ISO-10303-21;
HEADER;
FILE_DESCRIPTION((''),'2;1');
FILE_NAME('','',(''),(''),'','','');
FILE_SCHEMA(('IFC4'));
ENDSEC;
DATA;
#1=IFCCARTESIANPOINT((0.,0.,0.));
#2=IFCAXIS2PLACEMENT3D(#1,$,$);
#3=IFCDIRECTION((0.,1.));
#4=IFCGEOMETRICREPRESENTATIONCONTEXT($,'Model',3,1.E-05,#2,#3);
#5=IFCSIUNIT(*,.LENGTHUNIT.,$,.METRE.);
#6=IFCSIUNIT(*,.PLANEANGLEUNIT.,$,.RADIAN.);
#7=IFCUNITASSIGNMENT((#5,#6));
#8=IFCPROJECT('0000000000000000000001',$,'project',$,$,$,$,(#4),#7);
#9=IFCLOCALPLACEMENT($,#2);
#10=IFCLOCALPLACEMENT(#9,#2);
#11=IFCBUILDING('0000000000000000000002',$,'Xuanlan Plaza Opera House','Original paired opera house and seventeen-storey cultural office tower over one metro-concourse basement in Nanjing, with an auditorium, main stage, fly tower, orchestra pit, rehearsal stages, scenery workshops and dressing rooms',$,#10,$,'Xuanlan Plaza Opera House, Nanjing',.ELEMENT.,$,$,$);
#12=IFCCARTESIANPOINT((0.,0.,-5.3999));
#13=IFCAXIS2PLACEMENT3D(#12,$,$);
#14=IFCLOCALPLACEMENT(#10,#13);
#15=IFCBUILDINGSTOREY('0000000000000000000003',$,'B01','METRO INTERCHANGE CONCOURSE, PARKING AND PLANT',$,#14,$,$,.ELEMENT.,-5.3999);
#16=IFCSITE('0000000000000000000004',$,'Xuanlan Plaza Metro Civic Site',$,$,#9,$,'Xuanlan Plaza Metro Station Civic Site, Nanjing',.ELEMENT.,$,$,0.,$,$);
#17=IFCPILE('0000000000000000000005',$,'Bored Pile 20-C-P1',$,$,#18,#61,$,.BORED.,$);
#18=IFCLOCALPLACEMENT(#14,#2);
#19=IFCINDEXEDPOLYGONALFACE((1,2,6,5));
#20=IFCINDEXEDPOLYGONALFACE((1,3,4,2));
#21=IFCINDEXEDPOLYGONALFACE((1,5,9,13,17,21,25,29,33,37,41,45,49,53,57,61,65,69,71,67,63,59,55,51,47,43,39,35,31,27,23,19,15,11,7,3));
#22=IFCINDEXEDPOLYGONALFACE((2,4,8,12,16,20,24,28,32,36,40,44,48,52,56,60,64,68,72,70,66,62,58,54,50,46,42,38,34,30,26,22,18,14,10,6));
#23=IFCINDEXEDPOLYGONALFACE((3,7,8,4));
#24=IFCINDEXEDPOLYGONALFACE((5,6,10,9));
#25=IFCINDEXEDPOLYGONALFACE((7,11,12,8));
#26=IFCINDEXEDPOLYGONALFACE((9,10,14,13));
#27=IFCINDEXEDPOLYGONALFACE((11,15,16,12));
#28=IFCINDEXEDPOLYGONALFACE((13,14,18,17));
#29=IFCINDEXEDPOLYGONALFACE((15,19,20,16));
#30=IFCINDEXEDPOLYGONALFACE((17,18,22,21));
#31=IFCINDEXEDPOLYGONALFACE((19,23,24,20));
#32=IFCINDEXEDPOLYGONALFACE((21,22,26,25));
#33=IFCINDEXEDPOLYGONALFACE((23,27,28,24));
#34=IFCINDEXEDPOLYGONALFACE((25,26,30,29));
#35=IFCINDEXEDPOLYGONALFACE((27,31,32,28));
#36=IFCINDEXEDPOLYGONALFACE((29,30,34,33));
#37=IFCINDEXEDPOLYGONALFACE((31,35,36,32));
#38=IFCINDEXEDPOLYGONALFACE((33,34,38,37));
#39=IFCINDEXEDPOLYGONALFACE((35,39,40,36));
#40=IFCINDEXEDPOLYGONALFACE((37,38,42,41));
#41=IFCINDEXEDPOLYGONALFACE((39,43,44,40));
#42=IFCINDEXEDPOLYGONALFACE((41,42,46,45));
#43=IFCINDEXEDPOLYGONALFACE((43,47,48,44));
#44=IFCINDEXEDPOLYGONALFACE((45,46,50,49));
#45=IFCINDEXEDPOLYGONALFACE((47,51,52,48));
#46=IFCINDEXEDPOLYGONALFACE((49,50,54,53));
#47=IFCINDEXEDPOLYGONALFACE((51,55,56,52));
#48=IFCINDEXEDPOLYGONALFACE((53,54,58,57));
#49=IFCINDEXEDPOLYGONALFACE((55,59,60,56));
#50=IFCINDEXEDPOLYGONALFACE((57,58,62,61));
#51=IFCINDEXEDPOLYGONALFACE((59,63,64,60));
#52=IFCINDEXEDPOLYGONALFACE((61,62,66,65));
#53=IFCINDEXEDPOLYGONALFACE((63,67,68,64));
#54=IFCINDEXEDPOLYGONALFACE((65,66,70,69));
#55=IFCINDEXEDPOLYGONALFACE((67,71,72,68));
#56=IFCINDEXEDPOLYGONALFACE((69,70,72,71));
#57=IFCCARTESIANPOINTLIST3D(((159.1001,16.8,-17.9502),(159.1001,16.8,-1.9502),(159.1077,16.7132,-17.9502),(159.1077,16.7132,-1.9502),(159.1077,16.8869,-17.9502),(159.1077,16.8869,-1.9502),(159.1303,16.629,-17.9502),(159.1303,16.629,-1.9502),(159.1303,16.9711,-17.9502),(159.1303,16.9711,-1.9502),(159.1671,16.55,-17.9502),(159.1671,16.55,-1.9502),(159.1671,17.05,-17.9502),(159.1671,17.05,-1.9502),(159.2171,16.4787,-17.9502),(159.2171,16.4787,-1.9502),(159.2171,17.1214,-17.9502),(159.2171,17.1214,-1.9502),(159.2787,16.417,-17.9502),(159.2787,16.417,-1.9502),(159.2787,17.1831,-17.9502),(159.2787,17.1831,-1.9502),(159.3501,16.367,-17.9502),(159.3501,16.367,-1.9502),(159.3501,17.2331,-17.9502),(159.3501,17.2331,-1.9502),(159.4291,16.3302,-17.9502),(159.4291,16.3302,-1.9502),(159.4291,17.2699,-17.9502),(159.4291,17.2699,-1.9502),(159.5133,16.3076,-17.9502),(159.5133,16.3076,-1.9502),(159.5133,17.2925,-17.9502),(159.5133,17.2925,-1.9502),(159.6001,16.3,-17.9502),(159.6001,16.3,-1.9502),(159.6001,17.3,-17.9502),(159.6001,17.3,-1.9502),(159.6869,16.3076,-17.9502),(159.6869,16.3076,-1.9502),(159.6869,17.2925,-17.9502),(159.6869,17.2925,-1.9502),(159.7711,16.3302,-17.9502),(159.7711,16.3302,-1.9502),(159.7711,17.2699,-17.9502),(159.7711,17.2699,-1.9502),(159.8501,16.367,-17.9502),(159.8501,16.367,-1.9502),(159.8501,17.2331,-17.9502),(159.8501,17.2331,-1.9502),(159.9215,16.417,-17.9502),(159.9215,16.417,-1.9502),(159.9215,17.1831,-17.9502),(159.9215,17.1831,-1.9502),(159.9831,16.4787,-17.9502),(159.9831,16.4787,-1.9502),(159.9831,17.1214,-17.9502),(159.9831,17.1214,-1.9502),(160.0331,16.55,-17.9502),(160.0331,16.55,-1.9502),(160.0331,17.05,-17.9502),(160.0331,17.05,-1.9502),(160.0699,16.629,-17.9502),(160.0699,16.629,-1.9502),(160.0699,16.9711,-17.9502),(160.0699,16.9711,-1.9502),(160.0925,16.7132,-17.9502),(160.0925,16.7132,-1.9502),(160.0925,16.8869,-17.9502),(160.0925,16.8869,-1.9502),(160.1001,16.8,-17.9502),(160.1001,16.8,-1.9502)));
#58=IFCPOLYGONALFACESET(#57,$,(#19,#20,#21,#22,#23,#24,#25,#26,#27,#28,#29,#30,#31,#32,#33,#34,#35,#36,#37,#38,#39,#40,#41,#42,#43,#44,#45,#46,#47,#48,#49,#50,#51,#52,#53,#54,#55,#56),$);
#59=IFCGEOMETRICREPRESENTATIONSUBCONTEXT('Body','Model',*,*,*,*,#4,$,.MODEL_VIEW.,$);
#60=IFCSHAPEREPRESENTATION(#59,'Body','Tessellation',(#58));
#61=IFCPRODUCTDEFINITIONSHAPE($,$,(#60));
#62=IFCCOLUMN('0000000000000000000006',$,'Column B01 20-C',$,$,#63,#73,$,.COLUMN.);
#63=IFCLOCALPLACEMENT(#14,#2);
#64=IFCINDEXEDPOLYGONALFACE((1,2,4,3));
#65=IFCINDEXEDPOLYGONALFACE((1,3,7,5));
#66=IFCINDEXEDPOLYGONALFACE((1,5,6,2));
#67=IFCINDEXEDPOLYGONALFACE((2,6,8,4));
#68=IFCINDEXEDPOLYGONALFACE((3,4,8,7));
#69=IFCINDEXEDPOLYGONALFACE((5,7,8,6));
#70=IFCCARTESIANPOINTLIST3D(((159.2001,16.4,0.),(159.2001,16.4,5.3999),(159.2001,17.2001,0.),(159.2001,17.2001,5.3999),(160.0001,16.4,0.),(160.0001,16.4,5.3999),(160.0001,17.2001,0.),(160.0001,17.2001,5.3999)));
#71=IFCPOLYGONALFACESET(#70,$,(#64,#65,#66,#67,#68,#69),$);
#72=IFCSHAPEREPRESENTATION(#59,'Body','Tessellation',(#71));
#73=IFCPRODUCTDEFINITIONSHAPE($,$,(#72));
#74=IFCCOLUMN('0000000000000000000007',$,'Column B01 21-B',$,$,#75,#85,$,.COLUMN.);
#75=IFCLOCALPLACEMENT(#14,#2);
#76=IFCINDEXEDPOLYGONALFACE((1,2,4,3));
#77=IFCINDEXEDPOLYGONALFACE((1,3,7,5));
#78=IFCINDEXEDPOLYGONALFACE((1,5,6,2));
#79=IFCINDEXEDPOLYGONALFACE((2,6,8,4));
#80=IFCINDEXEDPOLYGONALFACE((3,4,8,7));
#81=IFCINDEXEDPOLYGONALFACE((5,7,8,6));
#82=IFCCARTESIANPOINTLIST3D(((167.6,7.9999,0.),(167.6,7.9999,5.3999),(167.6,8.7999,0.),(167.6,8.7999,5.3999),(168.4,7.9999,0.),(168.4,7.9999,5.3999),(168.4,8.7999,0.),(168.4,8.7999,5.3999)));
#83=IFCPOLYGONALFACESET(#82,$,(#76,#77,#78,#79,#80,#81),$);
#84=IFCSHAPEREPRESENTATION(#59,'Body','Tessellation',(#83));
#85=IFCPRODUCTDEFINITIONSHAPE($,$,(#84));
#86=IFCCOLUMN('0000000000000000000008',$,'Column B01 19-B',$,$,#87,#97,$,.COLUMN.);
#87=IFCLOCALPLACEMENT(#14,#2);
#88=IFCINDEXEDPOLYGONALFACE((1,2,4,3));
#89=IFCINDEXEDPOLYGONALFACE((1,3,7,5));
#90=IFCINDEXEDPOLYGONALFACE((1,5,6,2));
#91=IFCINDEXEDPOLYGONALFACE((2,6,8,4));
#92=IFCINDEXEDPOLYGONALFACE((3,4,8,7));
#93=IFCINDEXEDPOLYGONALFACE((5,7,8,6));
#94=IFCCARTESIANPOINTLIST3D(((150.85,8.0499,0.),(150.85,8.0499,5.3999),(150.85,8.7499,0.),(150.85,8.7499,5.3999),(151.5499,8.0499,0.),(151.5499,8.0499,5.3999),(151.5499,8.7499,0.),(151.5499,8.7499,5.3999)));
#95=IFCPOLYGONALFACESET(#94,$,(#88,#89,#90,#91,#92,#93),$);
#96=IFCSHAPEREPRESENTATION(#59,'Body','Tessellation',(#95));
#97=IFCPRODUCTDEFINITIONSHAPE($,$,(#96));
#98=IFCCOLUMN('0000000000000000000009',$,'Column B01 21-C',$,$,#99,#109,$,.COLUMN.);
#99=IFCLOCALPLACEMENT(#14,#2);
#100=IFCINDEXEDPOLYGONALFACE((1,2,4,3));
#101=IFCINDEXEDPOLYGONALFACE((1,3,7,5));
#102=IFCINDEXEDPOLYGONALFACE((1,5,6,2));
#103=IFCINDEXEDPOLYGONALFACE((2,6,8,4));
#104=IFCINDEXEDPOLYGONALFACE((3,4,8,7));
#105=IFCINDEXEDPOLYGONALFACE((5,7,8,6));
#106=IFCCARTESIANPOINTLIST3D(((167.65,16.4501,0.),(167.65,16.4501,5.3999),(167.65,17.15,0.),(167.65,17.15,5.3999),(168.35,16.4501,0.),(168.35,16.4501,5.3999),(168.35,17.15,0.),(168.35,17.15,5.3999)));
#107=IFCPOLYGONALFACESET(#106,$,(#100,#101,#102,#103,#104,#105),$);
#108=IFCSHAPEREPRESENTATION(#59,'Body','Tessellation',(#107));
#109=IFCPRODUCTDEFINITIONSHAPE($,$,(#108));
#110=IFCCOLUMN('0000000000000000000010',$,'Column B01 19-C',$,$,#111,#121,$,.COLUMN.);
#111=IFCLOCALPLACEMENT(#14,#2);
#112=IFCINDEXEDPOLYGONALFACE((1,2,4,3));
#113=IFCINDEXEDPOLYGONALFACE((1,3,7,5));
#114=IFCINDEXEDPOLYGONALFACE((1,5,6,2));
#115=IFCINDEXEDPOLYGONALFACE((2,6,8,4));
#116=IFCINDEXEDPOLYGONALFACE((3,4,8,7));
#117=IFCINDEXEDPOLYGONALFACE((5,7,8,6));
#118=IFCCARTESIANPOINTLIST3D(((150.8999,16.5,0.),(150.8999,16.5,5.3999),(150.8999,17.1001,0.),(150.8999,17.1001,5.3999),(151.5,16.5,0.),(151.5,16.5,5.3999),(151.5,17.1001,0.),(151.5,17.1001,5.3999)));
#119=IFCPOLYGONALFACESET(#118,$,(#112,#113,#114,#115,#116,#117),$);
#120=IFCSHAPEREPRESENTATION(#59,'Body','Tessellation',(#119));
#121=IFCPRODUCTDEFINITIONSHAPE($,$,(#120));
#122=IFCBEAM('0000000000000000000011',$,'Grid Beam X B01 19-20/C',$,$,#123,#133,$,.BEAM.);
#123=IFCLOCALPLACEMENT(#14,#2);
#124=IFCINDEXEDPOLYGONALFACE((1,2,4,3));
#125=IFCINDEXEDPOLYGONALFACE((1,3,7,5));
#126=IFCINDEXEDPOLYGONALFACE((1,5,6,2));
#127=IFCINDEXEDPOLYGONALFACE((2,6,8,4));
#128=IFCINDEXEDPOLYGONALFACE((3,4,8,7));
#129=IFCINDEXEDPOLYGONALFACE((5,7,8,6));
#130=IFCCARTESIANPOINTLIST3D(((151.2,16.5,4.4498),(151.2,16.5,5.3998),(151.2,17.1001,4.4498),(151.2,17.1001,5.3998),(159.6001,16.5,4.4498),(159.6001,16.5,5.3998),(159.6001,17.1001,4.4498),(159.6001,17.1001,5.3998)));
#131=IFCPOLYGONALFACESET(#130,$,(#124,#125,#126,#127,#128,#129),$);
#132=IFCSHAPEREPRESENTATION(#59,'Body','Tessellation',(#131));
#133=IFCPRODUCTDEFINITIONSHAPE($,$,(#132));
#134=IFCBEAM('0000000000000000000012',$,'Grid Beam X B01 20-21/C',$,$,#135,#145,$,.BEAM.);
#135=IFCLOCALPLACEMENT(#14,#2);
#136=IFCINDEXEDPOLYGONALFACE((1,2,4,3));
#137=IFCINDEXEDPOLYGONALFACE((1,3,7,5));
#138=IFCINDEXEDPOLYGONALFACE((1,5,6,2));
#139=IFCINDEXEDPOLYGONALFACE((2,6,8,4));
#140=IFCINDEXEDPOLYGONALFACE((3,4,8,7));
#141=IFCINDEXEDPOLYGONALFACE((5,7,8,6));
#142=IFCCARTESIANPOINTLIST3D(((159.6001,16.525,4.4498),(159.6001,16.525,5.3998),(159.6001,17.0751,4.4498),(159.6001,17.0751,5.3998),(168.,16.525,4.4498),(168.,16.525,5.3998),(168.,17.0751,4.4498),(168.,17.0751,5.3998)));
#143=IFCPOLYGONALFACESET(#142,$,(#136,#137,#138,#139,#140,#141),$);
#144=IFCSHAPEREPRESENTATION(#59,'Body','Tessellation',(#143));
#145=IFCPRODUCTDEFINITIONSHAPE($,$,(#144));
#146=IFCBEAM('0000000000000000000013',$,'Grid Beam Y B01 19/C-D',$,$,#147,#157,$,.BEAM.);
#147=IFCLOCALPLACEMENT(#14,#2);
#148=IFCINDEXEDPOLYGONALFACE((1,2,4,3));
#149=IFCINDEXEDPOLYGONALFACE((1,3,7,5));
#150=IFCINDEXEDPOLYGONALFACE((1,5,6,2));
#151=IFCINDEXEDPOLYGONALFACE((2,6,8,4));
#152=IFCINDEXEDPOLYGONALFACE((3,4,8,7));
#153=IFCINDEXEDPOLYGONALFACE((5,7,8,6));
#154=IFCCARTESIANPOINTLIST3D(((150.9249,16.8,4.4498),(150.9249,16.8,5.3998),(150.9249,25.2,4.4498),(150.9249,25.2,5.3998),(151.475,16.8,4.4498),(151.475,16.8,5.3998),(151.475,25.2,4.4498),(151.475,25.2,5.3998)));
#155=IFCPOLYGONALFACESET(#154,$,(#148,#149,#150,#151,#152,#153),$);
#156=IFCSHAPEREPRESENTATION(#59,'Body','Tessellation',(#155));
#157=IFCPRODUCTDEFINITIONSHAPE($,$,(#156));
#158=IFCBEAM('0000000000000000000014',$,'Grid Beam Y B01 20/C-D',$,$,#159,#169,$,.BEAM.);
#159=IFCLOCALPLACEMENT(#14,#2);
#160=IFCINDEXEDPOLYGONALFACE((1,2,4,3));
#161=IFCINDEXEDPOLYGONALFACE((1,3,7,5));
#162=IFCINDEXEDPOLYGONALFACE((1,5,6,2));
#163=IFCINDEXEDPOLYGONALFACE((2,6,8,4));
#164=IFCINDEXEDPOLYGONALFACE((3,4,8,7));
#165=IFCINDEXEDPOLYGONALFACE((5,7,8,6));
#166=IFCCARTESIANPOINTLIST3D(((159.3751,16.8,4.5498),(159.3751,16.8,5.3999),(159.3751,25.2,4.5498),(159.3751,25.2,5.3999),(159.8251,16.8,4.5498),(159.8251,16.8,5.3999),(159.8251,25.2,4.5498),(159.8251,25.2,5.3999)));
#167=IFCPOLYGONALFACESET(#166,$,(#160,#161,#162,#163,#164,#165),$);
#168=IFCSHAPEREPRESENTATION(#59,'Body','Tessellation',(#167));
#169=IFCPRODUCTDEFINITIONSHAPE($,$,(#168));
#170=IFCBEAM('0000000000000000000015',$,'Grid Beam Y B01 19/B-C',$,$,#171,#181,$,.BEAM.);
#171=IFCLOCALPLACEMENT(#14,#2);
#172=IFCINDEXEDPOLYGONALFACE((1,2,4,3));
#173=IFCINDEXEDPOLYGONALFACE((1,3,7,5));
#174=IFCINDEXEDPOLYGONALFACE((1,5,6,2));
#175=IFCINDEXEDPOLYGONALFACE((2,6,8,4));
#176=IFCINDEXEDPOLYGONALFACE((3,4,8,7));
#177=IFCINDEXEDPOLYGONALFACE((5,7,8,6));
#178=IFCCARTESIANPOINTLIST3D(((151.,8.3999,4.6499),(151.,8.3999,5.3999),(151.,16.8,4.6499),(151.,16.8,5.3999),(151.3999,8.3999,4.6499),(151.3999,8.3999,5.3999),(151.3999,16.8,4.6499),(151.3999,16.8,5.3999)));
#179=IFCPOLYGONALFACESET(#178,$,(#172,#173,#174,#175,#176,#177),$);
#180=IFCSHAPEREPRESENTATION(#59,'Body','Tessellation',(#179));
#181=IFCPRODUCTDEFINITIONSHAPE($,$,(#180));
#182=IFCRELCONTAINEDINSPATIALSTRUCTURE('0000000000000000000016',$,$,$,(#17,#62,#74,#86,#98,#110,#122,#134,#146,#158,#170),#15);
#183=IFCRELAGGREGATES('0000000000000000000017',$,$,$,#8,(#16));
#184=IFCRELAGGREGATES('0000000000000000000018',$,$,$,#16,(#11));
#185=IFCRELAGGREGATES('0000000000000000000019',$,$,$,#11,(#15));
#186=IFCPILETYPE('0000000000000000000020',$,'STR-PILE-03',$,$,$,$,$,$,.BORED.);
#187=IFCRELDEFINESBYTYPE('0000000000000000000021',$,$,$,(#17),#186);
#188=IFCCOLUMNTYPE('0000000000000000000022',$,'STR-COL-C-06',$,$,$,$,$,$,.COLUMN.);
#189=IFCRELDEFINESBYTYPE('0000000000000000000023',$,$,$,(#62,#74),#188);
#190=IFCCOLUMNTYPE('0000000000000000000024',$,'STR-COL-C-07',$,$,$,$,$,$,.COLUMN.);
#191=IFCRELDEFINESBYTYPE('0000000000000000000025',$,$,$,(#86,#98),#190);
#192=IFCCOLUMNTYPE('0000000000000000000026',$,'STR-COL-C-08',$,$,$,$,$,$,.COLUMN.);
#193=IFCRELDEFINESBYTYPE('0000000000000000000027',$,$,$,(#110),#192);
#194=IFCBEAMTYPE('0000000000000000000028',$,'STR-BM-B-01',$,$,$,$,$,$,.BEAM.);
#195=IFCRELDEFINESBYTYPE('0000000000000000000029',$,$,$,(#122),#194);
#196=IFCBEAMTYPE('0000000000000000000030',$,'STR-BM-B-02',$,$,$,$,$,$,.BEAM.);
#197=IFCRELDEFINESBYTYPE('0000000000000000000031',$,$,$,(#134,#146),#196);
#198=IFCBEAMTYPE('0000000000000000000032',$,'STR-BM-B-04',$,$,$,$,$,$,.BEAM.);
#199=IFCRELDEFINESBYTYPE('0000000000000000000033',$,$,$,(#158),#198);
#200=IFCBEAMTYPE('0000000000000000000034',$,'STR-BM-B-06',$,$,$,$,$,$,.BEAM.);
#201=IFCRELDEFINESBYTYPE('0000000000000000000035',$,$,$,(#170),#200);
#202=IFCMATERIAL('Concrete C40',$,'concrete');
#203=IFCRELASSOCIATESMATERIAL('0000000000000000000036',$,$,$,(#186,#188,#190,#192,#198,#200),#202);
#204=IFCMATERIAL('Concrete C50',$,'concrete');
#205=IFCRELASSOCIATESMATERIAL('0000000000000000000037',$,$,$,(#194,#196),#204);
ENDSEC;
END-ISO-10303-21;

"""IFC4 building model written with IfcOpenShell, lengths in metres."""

from ifc_helpers import new_model, si_unit, direction, frame, origin, origin_2d, place, context, subcontext, project, spatial, rectangle, circle, extrude, material, material_profile, profile_set, type_object, element, save


model = new_model("IFC4")

# Units and contexts
model_context = context("Model", 3, precision=1e-05, world=origin(), true_north=direction((0.0, 1.0)))
body_context = subcontext(model_context, "Body", "Model", "MODEL_VIEW")
ifc_project = project(units=[si_unit("LENGTHUNIT", "METRE"), si_unit("PLANEANGLEUNIT", "RADIAN")], contexts=[model_context])

# Site, building, storey
site_placement = place(None, origin())
site = spatial("IfcSite", under=ifc_project, at=site_placement, Name="Xuanlan Plaza Metro Civic Site", LongName="Xuanlan Plaza Metro Station Civic Site, Nanjing", CompositionType="ELEMENT", RefElevation=0.0)
building_placement = place(site_placement, origin())
building = spatial("IfcBuilding", under=site, at=building_placement, Name="Xuanlan Plaza Opera House", Description="Original paired opera house and seventeen-storey cultural office tower over one metro-concourse basement in Nanjing, with an auditorium, main stage, fly tower, orchestra pit, rehearsal stages, scenery workshops and dressing rooms", LongName="Xuanlan Plaza Opera House, Nanjing", CompositionType="ELEMENT")
storey_placement = place(building_placement, frame((0.0, 0.0, -5.3999)))
storey = spatial("IfcBuildingStorey", under=building, at=storey_placement, Name="B01", Description="METRO INTERCHANGE CONCOURSE, PARKING AND PLANT", CompositionType="ELEMENT", Elevation=-5.3999)

# Shared definitions
ifc_material_1 = material(Name="Concrete C40", Category="concrete")
ifc_material_2 = material(Name="Concrete C50", Category="concrete")

# Pile
ifc_material_profile_1 = material_profile(ifc_material_1, circle(Radius=0.5, at=origin_2d()), Name="PILE D1000")
ifc_profile_set_1 = profile_set([ifc_material_profile_1], Name="Concrete C40")
pile_type_1 = type_object("IfcPileType", Name="STR-PILE-03", PredefinedType="BORED", material=ifc_profile_set_1)
for number, where, z_axis, x_axis, name in (
    (1, (159.6001, 16.8, -1.9502), (0.0, 0.0, -1.0), (1.0, 0.0, 0.0), "Bored Pile 20-C-P1"),
):
    element("IfcPile", number, at=place(storey_placement, frame(where, z_axis=z_axis, x_axis=x_axis)), inside=storey, type_object=pile_type_1, Name=name, PredefinedType="BORED", context=body_context, shape_type="SweptSolid", body=[
        extrude(circle(Radius=0.5, at=origin_2d()), origin(), (0.0, 0.0, 1.0), 16.0),
    ])

# Columns
ifc_material_profile_2 = material_profile(ifc_material_1, rectangle(XDim=0.8, YDim=0.8, at=origin_2d()), Name="RC-COL 800x800")
ifc_profile_set_2 = profile_set([ifc_material_profile_2], Name="Concrete C40")
column_type_1 = type_object("IfcColumnType", Name="STR-COL-C-06", PredefinedType="COLUMN", material=ifc_profile_set_2)
for number, where, z_axis, x_axis, name in (
    (2, (159.6001, 16.8, 0.0), (0.0, 0.0, 1.0), (1.0, 0.0, 0.0), "Column B01 20-C"),
    (3, (168.0, 8.3999, 0.0), (0.0, 0.0, 1.0), (1.0, 0.0, 0.0), "Column B01 21-B"),
):
    element("IfcColumn", number, at=place(storey_placement, frame(where, z_axis=z_axis, x_axis=x_axis)), inside=storey, type_object=column_type_1, Name=name, PredefinedType="COLUMN", context=body_context, shape_type="SweptSolid", body=[
        extrude(rectangle(XDim=0.8, YDim=0.8, at=origin_2d()), origin(), (0.0, 0.0, 1.0), 5.3999),
    ])
ifc_material_profile_3 = material_profile(ifc_material_1, rectangle(XDim=0.7, YDim=0.7, at=origin_2d()), Name="RC-COL 700x700")
ifc_profile_set_3 = profile_set([ifc_material_profile_3], Name="Concrete C40")
column_type_2 = type_object("IfcColumnType", Name="STR-COL-C-07", PredefinedType="COLUMN", material=ifc_profile_set_3)
for number, where, z_axis, x_axis, name in (
    (4, (151.2, 8.3999, 0.0), (0.0, 0.0, 1.0), (1.0, 0.0, 0.0), "Column B01 19-B"),
    (5, (168.0, 16.8, 0.0), (0.0, 0.0, 1.0), (1.0, 0.0, 0.0), "Column B01 21-C"),
):
    element("IfcColumn", number, at=place(storey_placement, frame(where, z_axis=z_axis, x_axis=x_axis)), inside=storey, type_object=column_type_2, Name=name, PredefinedType="COLUMN", context=body_context, shape_type="SweptSolid", body=[
        extrude(rectangle(XDim=0.7, YDim=0.7, at=origin_2d()), origin(), (0.0, 0.0, 1.0), 5.3999),
    ])
ifc_material_profile_4 = material_profile(ifc_material_1, rectangle(XDim=0.6001, YDim=0.6001, at=origin_2d()), Name="RC-COL 600x600")
ifc_profile_set_4 = profile_set([ifc_material_profile_4], Name="Concrete C40")
column_type_3 = type_object("IfcColumnType", Name="STR-COL-C-08", PredefinedType="COLUMN", material=ifc_profile_set_4)
column_placement = place(storey_placement, frame((151.2, 16.8, 0.0), z_axis=(0.0, 0.0, 1.0), x_axis=(1.0, 0.0, 0.0)))
element("IfcColumn", 6, at=column_placement, inside=storey, type_object=column_type_3, Name="Column B01 19-C", PredefinedType="COLUMN", context=body_context, shape_type="SweptSolid", body=[
    extrude(rectangle(XDim=0.6001, YDim=0.6001, at=origin_2d()), origin(), (0.0, 0.0, 1.0), 5.3999),
])

# Beams
ifc_material_profile_5 = material_profile(ifc_material_2, rectangle(XDim=0.6001, YDim=0.95, at=origin_2d()), Name="RC-BM 600x950")
ifc_profile_set_5 = profile_set([ifc_material_profile_5], Name="Concrete C50")
beam_type_1 = type_object("IfcBeamType", Name="STR-BM-B-01", PredefinedType="BEAM", material=ifc_profile_set_5)
beam_1_placement = place(storey_placement, frame((151.2, 16.8, 4.9248), z_axis=(1.0, 0.0, 0.0), x_axis=(0.0, 1.0, 0.0)))
element("IfcBeam", 7, at=beam_1_placement, inside=storey, type_object=beam_type_1, Name="Grid Beam X B01 19-20/C", PredefinedType="BEAM", context=body_context, shape_type="SweptSolid", body=[
    extrude(rectangle(XDim=0.6001, YDim=0.95, at=origin_2d()), origin(), (0.0, 0.0, 1.0), 8.4001),
])
ifc_material_profile_6 = material_profile(ifc_material_2, rectangle(XDim=0.55, YDim=0.95, at=origin_2d()), Name="RC-BM 550x950")
ifc_profile_set_6 = profile_set([ifc_material_profile_6], Name="Concrete C50")
beam_type_2 = type_object("IfcBeamType", Name="STR-BM-B-02", PredefinedType="BEAM", material=ifc_profile_set_6)
for number, where, z_axis, x_axis, name in (
    (8, (159.6001, 16.8, 4.9248), (1.0, 0.0, 0.0), (0.0, 1.0, 0.0), "Grid Beam X B01 20-21/C"),
    (9, (151.2, 16.8, 4.9248), (0.0, 1.0, 0.0), (-1.0, 0.0, 0.0), "Grid Beam Y B01 19/C-D"),
):
    element("IfcBeam", number, at=place(storey_placement, frame(where, z_axis=z_axis, x_axis=x_axis)), inside=storey, type_object=beam_type_2, Name=name, PredefinedType="BEAM", context=body_context, shape_type="SweptSolid", body=[
        extrude(rectangle(XDim=0.55, YDim=0.95, at=origin_2d()), origin(), (0.0, 0.0, 1.0), 8.3999),
    ])
ifc_material_profile_7 = material_profile(ifc_material_1, rectangle(XDim=0.45, YDim=0.8501, at=origin_2d()), Name="RC-BM 450x850")
ifc_profile_set_7 = profile_set([ifc_material_profile_7], Name="Concrete C40")
beam_type_3 = type_object("IfcBeamType", Name="STR-BM-B-04", PredefinedType="BEAM", material=ifc_profile_set_7)
beam_2_placement = place(storey_placement, frame((159.6001, 16.8, 4.9749), z_axis=(0.0, 1.0, 0.0), x_axis=(-1.0, 0.0, 0.0)))
element("IfcBeam", 10, at=beam_2_placement, inside=storey, type_object=beam_type_3, Name="Grid Beam Y B01 20/C-D", PredefinedType="BEAM", context=body_context, shape_type="SweptSolid", body=[
    extrude(rectangle(XDim=0.45, YDim=0.8501, at=origin_2d()), origin(), (0.0, 0.0, 1.0), 8.3999),
])
ifc_material_profile_8 = material_profile(ifc_material_1, rectangle(XDim=0.3999, YDim=0.75, at=origin_2d()), Name="RC-BM 400x750")
ifc_profile_set_8 = profile_set([ifc_material_profile_8], Name="Concrete C40")
beam_type_4 = type_object("IfcBeamType", Name="STR-BM-B-06", PredefinedType="BEAM", material=ifc_profile_set_8)
beam_3_placement = place(storey_placement, frame((151.2, 8.3999, 5.0249), z_axis=(0.0, 1.0, 0.0), x_axis=(-1.0, 0.0, 0.0)))
element("IfcBeam", 11, at=beam_3_placement, inside=storey, type_object=beam_type_4, Name="Grid Beam Y B01 19/B-C", PredefinedType="BEAM", context=body_context, shape_type="SweptSolid", body=[
    extrude(rectangle(XDim=0.3999, YDim=0.75, at=origin_2d()), origin(), (0.0, 0.0, 1.0), 8.4001),
])

save(model, "model.ifc")
